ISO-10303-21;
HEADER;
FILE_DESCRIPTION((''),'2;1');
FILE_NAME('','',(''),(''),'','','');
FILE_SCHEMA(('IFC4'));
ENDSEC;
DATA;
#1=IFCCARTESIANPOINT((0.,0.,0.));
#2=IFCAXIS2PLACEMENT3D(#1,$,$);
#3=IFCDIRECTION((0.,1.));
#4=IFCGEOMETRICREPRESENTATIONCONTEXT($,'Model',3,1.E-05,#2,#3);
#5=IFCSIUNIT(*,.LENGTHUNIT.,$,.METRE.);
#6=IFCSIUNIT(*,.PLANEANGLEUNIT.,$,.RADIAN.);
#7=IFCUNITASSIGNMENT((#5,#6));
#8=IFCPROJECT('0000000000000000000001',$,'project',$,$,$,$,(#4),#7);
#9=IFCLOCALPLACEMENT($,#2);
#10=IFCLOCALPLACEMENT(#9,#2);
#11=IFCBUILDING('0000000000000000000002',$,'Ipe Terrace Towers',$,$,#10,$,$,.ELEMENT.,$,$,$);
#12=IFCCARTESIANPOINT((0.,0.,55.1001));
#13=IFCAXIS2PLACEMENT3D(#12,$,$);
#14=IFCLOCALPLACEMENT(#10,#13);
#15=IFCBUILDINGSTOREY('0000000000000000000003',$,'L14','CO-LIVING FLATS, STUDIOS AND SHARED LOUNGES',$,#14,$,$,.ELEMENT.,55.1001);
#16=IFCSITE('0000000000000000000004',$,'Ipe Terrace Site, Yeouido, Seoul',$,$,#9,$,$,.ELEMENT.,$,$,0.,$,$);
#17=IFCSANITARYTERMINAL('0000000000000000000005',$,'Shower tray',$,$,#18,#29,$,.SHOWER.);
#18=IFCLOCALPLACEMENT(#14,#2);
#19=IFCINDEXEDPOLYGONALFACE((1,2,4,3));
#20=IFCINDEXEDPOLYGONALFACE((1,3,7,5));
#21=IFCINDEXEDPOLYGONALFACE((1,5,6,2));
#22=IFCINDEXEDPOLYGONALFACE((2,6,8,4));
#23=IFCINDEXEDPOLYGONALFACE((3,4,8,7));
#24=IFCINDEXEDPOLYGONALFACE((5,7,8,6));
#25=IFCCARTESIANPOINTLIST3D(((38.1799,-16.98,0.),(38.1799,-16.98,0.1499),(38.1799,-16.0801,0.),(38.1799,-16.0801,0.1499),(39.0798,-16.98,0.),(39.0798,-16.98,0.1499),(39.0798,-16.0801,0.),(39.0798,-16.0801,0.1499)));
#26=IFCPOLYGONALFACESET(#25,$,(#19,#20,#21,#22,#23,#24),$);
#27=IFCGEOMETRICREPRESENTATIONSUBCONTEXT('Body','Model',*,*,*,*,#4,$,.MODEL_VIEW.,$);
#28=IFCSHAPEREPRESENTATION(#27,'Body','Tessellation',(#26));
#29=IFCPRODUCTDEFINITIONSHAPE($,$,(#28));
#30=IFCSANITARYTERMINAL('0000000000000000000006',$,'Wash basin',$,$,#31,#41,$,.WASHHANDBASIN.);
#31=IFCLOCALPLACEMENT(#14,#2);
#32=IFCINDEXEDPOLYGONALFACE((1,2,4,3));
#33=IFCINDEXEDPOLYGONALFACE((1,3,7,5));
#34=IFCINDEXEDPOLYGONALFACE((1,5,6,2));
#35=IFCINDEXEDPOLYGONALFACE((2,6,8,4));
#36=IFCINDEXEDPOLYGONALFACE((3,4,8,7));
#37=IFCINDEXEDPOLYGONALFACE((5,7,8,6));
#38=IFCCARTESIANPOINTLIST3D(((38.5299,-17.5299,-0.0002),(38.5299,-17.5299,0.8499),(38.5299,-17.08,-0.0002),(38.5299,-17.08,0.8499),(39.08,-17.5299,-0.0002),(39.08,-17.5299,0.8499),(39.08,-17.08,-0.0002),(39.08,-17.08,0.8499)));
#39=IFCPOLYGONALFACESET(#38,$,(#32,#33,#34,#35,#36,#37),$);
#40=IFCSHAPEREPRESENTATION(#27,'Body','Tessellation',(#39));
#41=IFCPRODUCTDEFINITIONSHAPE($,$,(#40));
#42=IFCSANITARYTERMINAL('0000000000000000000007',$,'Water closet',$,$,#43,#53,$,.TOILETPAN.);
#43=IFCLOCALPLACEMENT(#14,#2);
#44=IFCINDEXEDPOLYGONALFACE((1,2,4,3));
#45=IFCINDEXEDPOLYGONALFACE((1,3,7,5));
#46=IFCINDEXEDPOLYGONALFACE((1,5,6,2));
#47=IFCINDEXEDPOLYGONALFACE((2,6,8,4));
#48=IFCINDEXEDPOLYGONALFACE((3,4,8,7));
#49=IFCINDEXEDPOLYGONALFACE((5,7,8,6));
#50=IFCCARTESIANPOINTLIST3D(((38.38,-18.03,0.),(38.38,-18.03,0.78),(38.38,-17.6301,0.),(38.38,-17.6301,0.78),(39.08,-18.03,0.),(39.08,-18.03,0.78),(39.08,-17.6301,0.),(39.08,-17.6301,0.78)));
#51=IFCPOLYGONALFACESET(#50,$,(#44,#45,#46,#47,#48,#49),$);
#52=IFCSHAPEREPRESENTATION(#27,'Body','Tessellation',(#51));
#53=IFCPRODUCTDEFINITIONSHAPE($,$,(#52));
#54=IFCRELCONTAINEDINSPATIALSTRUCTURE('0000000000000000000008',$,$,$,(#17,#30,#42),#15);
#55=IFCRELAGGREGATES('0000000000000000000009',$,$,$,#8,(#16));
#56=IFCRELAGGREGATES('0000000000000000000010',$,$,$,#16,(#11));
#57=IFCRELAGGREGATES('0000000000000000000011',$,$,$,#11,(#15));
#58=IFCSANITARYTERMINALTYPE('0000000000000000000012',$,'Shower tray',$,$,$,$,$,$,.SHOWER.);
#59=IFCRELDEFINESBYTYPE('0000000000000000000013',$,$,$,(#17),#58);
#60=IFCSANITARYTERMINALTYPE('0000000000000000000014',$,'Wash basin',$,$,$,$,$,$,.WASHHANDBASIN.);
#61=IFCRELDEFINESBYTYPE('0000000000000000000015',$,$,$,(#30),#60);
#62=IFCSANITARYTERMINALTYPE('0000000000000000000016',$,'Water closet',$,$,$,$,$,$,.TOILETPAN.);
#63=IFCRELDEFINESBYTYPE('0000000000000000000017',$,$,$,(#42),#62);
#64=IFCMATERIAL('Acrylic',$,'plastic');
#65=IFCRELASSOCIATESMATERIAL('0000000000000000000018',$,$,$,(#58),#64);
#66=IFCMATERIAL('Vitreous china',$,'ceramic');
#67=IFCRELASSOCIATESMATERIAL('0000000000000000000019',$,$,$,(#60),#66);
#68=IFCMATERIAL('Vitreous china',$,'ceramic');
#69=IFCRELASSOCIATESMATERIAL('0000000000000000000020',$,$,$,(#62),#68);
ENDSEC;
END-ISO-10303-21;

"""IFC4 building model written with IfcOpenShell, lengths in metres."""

from ifc_helpers import new_model, si_unit, direction, frame, origin, origin_2d, place, context, subcontext, project, spatial, rectangle, extrude, material, type_object, element, save


model = new_model("IFC4")

# Units and contexts
model_context = context("Model", 3, precision=1e-05, world=origin(), true_north=direction((0.0, 1.0)))
body_context = subcontext(model_context, "Body", "Model", "MODEL_VIEW")
ifc_project = project(units=[si_unit("LENGTHUNIT", "METRE"), si_unit("PLANEANGLEUNIT", "RADIAN")], contexts=[model_context])

# Site, building, storey
site_placement = place(None, origin())
site = spatial("IfcSite", under=ifc_project, at=site_placement, Name="Ipe Terrace Site, Yeouido, Seoul", CompositionType="ELEMENT", RefElevation=0.0)
building_placement = place(site_placement, origin())
building = spatial("IfcBuilding", under=site, at=building_placement, Name="Ipe Terrace Towers", CompositionType="ELEMENT")
storey_placement = place(building_placement, frame((0.0, 0.0, 55.1001)))
storey = spatial("IfcBuildingStorey", under=building, at=storey_placement, Name="L14", Description="CO-LIVING FLATS, STUDIOS AND SHARED LOUNGES", CompositionType="ELEMENT", Elevation=55.1001)

# Sanitary terminals
ifc_material_1 = material(Name="Acrylic", Category="plastic")
sanitary_terminal_type_1 = type_object("IfcSanitaryTerminalType", Name="Shower tray", PredefinedType="SHOWER", material=ifc_material_1)
sanitary_terminal_1_placement = place(storey_placement, frame((38.6299, -16.53, 0.0), z_axis=(0.0, 0.0, 1.0), x_axis=(-1.0, 0.0, 0.0)))
element("IfcSanitaryTerminal", 1, at=sanitary_terminal_1_placement, inside=storey, type_object=sanitary_terminal_type_1, Name="Shower tray", PredefinedType="SHOWER", context=body_context, shape_type="SweptSolid", body=[
    extrude(rectangle(XDim=0.8999, YDim=0.8999, at=origin_2d()), origin(), (0.0, 0.0, 1.0), 0.1499),
])
ifc_material_2 = material(Name="Vitreous china", Category="ceramic")
sanitary_terminal_type_2 = type_object("IfcSanitaryTerminalType", Name="Wash basin", PredefinedType="WASHHANDBASIN", material=ifc_material_2)
sanitary_terminal_2_placement = place(storey_placement, frame((38.8049, -17.3049, -0.0002), z_axis=(0.0, 0.0, 1.0), x_axis=(-1.0, 0.0, 0.0)))
element("IfcSanitaryTerminal", 2, at=sanitary_terminal_2_placement, inside=storey, type_object=sanitary_terminal_type_2, Name="Wash basin", PredefinedType="WASHHANDBASIN", context=body_context, shape_type="SweptSolid", body=[
    extrude(rectangle(XDim=0.55, YDim=0.45, at=origin_2d()), origin(), (0.0, 0.0, 1.0), 0.8501),
])
ifc_material_3 = material(Name="Vitreous china", Category="ceramic")
sanitary_terminal_type_3 = type_object("IfcSanitaryTerminalType", Name="Water closet", PredefinedType="TOILETPAN", material=ifc_material_3)
sanitary_terminal_3_placement = place(storey_placement, frame((38.73, -17.8301, 0.0), z_axis=(0.0, 0.0, 1.0), x_axis=(-1.0, 0.0, 0.0)))
element("IfcSanitaryTerminal", 3, at=sanitary_terminal_3_placement, inside=storey, type_object=sanitary_terminal_type_3, Name="Water closet", PredefinedType="TOILETPAN", context=body_context, shape_type="SweptSolid", body=[
    extrude(rectangle(XDim=0.7, YDim=0.3999, at=origin_2d()), origin(), (0.0, 0.0, 1.0), 0.78),
])

save(model, "model.ifc")
